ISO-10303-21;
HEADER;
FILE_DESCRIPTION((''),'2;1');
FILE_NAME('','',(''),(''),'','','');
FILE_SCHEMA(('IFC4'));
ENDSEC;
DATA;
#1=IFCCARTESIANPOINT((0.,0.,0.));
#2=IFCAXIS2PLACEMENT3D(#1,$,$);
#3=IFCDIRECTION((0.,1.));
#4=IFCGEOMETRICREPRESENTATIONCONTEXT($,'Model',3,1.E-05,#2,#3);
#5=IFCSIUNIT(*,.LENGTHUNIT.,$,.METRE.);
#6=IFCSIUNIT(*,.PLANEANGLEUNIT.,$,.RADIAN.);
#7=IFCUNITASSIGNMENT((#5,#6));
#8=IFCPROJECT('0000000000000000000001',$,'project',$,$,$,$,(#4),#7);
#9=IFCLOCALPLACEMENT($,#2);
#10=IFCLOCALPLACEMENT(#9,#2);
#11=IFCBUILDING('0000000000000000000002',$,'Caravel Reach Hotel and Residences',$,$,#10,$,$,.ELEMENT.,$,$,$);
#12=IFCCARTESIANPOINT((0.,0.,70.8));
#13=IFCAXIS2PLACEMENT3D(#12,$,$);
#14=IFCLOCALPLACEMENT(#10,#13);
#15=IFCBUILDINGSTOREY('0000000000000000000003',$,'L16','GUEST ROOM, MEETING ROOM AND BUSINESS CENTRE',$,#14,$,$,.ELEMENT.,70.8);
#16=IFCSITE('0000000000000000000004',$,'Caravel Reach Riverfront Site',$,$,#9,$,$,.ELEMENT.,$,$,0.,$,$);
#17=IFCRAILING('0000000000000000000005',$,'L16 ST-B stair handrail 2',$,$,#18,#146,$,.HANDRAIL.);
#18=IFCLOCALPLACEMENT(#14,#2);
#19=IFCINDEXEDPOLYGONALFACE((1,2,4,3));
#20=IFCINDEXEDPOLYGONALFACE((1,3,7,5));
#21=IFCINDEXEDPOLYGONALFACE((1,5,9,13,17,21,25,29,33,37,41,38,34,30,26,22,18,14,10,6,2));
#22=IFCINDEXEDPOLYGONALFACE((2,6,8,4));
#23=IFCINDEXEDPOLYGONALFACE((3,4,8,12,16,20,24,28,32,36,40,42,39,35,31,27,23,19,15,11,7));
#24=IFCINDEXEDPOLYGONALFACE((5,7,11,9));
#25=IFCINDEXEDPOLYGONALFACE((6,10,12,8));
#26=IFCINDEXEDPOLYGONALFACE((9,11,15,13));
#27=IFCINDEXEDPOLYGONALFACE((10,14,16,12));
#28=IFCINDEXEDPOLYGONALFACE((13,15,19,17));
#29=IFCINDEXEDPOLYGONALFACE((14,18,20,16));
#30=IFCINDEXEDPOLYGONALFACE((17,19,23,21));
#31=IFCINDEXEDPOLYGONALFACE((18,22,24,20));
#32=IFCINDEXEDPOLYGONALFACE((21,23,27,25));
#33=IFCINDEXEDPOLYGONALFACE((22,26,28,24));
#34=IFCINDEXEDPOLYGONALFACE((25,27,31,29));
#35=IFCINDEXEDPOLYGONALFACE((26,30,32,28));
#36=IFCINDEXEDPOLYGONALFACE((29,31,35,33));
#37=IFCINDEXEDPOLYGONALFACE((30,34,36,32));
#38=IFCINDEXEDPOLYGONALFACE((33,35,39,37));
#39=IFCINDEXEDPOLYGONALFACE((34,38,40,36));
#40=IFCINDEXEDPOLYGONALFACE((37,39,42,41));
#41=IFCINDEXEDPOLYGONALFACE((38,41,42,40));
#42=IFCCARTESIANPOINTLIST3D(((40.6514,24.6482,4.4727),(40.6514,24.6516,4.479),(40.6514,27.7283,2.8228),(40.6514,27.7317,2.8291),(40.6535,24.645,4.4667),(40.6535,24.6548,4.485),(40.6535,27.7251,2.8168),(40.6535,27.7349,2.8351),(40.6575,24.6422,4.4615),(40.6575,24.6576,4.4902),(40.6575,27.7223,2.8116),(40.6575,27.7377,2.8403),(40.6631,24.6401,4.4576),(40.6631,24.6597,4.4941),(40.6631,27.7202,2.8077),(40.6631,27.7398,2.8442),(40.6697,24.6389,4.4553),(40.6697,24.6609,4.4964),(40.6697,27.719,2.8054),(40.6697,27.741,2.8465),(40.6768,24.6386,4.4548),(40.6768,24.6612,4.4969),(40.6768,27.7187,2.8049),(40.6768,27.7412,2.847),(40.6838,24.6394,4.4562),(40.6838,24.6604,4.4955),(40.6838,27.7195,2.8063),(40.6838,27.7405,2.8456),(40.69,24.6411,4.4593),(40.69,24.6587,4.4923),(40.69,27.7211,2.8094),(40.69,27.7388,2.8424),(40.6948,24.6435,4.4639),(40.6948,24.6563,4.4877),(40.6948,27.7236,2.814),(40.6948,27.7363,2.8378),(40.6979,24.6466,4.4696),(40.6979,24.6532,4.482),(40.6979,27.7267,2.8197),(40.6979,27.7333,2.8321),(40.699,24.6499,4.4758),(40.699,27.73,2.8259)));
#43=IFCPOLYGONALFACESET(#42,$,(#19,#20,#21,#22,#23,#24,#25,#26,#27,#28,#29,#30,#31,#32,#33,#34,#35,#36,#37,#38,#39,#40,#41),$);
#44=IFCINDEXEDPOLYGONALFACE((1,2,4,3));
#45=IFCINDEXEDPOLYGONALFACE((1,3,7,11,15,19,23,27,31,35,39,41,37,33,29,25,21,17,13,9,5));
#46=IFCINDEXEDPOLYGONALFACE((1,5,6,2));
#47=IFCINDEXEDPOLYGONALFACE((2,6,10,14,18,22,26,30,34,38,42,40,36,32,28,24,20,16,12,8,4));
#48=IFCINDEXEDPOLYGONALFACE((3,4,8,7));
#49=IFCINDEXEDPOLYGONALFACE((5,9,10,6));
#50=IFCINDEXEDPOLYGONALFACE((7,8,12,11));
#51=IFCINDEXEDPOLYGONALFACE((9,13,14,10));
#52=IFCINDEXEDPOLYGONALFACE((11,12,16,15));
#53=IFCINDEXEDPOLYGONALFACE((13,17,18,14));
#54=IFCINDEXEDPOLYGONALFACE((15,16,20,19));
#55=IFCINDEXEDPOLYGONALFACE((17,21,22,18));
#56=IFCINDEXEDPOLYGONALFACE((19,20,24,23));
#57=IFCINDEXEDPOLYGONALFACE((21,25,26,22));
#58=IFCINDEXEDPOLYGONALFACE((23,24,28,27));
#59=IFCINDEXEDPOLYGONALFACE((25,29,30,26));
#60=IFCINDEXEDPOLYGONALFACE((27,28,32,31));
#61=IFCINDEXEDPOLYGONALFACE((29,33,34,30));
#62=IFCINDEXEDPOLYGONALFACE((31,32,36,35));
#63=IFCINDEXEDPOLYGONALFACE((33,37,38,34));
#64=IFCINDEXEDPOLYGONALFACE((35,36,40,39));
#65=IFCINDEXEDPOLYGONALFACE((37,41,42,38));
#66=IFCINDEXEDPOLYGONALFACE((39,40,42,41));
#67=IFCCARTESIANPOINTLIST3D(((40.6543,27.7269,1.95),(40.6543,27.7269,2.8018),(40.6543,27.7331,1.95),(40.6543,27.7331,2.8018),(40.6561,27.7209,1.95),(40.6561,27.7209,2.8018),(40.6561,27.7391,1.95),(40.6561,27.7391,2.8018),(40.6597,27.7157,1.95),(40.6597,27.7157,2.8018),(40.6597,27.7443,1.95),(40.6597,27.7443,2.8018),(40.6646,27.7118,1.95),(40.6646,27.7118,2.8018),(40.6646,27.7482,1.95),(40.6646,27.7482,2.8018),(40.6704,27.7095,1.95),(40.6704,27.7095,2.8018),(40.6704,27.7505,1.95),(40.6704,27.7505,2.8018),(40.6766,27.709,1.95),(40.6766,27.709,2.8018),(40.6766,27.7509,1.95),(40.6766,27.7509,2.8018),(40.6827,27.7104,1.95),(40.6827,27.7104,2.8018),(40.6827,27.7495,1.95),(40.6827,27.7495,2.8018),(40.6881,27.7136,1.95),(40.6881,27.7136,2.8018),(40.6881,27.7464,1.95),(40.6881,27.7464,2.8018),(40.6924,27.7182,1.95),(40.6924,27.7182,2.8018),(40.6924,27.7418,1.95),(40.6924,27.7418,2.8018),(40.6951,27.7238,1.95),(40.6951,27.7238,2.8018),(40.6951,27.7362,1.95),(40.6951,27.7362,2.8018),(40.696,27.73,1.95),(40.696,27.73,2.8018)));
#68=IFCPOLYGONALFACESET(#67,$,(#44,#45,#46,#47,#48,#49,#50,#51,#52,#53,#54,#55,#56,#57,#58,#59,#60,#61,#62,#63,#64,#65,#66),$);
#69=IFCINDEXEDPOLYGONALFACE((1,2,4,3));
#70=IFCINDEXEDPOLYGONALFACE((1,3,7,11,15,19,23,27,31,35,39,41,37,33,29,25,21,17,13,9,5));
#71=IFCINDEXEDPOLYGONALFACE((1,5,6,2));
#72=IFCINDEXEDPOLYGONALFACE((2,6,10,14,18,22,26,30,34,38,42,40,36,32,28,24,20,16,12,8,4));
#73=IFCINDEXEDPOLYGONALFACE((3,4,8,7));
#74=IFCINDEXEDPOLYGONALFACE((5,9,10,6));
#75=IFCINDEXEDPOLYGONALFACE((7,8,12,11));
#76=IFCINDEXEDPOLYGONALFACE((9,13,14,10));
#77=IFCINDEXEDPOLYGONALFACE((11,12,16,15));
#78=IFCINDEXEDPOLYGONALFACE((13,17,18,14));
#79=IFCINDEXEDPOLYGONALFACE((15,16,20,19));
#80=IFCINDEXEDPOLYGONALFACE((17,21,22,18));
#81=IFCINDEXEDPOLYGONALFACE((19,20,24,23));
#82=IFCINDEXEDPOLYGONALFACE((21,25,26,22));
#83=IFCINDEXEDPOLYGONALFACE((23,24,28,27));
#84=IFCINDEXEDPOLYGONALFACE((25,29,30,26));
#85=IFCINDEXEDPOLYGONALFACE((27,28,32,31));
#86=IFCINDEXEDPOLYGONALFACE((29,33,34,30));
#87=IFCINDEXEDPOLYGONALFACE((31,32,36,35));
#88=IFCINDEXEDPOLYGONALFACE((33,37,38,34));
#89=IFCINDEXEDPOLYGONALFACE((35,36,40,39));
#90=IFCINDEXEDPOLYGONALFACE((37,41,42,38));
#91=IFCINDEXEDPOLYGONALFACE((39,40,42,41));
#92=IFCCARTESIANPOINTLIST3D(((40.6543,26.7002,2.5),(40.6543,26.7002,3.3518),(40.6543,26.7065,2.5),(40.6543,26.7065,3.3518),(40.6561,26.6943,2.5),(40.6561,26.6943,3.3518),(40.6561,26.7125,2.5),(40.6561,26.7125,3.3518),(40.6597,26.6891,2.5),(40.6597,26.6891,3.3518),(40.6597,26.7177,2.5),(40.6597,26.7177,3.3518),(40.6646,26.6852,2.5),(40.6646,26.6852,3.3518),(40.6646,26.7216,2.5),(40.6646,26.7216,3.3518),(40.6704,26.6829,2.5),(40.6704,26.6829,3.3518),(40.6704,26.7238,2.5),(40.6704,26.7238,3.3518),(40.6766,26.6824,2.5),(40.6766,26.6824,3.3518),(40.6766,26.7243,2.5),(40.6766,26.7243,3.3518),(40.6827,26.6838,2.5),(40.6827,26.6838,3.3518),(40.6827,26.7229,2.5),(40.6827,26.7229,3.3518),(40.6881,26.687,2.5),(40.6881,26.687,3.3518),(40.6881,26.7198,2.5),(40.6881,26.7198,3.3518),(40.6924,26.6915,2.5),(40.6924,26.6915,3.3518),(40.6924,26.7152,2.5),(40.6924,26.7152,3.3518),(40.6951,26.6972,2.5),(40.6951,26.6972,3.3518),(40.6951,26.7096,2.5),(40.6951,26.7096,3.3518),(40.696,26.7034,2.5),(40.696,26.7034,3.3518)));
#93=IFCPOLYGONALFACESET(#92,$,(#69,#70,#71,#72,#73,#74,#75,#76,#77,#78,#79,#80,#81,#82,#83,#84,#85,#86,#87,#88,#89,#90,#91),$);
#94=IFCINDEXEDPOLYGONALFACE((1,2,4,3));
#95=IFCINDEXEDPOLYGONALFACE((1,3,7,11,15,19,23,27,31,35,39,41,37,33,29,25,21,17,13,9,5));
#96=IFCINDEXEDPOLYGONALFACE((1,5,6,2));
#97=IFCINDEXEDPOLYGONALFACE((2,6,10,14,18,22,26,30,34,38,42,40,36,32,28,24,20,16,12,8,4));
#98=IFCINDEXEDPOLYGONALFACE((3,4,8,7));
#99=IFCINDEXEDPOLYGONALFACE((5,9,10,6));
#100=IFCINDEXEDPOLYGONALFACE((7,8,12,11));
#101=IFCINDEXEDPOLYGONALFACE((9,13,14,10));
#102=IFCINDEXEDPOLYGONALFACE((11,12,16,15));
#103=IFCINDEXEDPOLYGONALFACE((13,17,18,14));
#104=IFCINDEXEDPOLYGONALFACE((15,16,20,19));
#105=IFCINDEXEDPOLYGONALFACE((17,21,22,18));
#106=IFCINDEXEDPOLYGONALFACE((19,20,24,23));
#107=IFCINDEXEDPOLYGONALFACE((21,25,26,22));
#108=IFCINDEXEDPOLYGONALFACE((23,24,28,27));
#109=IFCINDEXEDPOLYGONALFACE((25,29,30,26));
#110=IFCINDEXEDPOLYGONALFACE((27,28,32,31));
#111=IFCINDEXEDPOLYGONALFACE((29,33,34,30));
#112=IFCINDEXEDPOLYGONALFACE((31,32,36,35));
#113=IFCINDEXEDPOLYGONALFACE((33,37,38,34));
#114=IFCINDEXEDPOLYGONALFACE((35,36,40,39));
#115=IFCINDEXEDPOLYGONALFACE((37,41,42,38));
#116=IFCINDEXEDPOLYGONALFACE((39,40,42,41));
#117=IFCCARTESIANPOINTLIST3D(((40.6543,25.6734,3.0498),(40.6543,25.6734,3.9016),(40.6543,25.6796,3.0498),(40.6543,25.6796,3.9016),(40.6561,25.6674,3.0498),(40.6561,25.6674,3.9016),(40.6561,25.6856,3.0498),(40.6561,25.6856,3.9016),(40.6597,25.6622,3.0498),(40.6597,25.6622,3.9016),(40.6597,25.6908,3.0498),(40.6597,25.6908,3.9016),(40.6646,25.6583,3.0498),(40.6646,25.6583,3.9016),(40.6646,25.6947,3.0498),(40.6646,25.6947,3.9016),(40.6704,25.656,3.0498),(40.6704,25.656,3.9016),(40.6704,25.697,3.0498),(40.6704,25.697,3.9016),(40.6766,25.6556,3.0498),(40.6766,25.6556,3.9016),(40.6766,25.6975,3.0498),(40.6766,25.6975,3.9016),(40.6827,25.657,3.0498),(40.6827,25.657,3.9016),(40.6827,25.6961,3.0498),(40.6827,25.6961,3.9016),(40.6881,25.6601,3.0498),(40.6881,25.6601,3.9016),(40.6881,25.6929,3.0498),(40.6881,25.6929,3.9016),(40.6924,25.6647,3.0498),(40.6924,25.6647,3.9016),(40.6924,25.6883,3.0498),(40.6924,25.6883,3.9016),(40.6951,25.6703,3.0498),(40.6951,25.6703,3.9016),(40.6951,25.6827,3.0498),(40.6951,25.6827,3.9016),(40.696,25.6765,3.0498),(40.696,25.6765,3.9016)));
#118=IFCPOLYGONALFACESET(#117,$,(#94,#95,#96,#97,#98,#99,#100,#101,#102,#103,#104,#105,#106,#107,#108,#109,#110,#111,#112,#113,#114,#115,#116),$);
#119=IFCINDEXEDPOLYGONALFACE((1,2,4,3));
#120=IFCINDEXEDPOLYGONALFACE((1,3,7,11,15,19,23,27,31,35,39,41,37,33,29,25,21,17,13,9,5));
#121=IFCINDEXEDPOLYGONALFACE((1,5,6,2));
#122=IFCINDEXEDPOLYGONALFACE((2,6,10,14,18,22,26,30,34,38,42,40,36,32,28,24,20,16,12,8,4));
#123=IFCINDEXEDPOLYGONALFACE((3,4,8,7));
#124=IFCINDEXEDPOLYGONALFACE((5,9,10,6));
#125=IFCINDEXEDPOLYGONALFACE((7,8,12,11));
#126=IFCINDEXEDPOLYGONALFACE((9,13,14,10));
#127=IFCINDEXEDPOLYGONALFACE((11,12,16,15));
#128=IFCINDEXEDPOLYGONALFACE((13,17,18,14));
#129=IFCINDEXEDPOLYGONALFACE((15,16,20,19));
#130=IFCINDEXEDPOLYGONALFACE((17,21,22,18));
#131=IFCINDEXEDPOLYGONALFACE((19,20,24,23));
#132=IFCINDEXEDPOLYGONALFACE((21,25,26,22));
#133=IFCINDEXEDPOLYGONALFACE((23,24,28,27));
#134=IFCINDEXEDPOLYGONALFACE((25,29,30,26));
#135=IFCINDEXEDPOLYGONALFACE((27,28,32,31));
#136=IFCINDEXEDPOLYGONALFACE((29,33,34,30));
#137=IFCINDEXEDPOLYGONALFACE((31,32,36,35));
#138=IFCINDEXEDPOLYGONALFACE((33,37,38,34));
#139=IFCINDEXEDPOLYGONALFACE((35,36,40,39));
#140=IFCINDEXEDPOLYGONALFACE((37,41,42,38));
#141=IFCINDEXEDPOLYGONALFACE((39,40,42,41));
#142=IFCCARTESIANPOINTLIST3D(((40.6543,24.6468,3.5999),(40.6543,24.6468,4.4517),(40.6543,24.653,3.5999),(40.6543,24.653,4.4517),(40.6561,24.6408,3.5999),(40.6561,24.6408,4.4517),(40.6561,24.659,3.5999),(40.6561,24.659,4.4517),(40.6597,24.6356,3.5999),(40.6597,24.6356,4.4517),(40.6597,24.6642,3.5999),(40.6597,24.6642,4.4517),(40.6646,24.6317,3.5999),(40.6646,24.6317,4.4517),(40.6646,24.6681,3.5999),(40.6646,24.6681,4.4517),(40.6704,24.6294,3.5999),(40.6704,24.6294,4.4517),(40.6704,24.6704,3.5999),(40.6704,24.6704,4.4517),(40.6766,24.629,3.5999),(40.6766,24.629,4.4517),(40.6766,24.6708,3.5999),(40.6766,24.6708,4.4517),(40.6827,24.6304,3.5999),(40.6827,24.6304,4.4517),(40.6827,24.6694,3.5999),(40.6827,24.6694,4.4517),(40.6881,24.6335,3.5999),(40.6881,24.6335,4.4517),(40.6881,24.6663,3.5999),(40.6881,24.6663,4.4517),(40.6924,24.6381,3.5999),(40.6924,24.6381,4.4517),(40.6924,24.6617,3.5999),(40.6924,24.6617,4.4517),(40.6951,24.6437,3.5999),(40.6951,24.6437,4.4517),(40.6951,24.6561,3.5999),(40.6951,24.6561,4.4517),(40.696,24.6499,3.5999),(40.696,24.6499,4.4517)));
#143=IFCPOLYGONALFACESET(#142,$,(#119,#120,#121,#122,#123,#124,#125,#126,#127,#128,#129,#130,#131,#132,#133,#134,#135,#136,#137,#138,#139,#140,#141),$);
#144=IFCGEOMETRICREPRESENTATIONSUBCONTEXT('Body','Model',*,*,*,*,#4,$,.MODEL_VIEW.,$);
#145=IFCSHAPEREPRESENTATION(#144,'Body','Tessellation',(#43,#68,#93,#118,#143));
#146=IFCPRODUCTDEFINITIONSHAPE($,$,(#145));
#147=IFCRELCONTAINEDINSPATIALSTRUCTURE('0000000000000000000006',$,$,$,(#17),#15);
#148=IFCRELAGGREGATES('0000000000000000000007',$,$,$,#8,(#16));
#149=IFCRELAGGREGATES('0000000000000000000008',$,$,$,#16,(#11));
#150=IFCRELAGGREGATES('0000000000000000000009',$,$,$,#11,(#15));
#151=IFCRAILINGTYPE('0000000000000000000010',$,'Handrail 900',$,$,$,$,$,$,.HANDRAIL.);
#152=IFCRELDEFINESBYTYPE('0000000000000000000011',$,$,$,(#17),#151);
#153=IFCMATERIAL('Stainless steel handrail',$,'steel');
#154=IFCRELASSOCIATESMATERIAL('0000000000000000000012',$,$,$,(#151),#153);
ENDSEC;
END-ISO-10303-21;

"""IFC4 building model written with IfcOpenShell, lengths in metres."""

from ifc_helpers import new_model, si_unit, direction, frame, origin, origin_2d, place, context, subcontext, project, spatial, circle, extrude, material, type_object, element, save


model = new_model("IFC4")

# Units and contexts
model_context = context("Model", 3, precision=1e-05, world=origin(), true_north=direction((0.0, 1.0)))
body_context = subcontext(model_context, "Body", "Model", "MODEL_VIEW")
ifc_project = project(units=[si_unit("LENGTHUNIT", "METRE"), si_unit("PLANEANGLEUNIT", "RADIAN")], contexts=[model_context])

# Site, building, storey
site_placement = place(None, origin())
site = spatial("IfcSite", under=ifc_project, at=site_placement, Name="Caravel Reach Riverfront Site", CompositionType="ELEMENT", RefElevation=0.0)
building_placement = place(site_placement, origin())
building = spatial("IfcBuilding", under=site, at=building_placement, Name="Caravel Reach Hotel and Residences", CompositionType="ELEMENT")
storey_placement = place(building_placement, frame((0.0, 0.0, 70.8)))
storey = spatial("IfcBuildingStorey", under=building, at=storey_placement, Name="L16", Description="GUEST ROOM, MEETING ROOM AND BUSINESS CENTRE", CompositionType="ELEMENT", Elevation=70.8)

# Railing
ifc_material_1 = material(Name="Stainless steel handrail", Category="steel")
railing_type_1 = type_object("IfcRailingType", Name="Handrail 900", PredefinedType="HANDRAIL", material=ifc_material_1)
railing_1_placement = place(storey_placement, frame((40.675, 27.73, 1.95)))
element("IfcRailing", 1, at=railing_1_placement, inside=storey, type_object=railing_type_1, Name="L16 ST-B stair handrail 2", PredefinedType="HANDRAIL", context=body_context, shape_type="SweptSolid", body=[
    extrude(circle(Radius=0.0239, at=origin_2d()), frame((0.0, 0.0, 0.876), z_axis=(0.0, -0.881497, 0.47219), x_axis=(1.0, 0.0, 0.0)), (0.0, 0.0, 1.0), 3.4941),
    extrude(circle(Radius=0.021, at=origin_2d()), origin(), (0.0, 0.0, 1.0), 0.8518),
    extrude(circle(Radius=0.021, at=origin_2d()), frame((0.0, -1.0266, 0.55)), (0.0, 0.0, 1.0), 0.8518),
    extrude(circle(Radius=0.021, at=origin_2d()), frame((0.0, -2.0535, 1.0999)), (0.0, 0.0, 1.0), 0.8518),
    extrude(circle(Radius=0.021, at=origin_2d()), frame((0.0, -3.0801, 1.6499)), (0.0, 0.0, 1.0), 0.8518),
])

save(model, "model.ifc")
